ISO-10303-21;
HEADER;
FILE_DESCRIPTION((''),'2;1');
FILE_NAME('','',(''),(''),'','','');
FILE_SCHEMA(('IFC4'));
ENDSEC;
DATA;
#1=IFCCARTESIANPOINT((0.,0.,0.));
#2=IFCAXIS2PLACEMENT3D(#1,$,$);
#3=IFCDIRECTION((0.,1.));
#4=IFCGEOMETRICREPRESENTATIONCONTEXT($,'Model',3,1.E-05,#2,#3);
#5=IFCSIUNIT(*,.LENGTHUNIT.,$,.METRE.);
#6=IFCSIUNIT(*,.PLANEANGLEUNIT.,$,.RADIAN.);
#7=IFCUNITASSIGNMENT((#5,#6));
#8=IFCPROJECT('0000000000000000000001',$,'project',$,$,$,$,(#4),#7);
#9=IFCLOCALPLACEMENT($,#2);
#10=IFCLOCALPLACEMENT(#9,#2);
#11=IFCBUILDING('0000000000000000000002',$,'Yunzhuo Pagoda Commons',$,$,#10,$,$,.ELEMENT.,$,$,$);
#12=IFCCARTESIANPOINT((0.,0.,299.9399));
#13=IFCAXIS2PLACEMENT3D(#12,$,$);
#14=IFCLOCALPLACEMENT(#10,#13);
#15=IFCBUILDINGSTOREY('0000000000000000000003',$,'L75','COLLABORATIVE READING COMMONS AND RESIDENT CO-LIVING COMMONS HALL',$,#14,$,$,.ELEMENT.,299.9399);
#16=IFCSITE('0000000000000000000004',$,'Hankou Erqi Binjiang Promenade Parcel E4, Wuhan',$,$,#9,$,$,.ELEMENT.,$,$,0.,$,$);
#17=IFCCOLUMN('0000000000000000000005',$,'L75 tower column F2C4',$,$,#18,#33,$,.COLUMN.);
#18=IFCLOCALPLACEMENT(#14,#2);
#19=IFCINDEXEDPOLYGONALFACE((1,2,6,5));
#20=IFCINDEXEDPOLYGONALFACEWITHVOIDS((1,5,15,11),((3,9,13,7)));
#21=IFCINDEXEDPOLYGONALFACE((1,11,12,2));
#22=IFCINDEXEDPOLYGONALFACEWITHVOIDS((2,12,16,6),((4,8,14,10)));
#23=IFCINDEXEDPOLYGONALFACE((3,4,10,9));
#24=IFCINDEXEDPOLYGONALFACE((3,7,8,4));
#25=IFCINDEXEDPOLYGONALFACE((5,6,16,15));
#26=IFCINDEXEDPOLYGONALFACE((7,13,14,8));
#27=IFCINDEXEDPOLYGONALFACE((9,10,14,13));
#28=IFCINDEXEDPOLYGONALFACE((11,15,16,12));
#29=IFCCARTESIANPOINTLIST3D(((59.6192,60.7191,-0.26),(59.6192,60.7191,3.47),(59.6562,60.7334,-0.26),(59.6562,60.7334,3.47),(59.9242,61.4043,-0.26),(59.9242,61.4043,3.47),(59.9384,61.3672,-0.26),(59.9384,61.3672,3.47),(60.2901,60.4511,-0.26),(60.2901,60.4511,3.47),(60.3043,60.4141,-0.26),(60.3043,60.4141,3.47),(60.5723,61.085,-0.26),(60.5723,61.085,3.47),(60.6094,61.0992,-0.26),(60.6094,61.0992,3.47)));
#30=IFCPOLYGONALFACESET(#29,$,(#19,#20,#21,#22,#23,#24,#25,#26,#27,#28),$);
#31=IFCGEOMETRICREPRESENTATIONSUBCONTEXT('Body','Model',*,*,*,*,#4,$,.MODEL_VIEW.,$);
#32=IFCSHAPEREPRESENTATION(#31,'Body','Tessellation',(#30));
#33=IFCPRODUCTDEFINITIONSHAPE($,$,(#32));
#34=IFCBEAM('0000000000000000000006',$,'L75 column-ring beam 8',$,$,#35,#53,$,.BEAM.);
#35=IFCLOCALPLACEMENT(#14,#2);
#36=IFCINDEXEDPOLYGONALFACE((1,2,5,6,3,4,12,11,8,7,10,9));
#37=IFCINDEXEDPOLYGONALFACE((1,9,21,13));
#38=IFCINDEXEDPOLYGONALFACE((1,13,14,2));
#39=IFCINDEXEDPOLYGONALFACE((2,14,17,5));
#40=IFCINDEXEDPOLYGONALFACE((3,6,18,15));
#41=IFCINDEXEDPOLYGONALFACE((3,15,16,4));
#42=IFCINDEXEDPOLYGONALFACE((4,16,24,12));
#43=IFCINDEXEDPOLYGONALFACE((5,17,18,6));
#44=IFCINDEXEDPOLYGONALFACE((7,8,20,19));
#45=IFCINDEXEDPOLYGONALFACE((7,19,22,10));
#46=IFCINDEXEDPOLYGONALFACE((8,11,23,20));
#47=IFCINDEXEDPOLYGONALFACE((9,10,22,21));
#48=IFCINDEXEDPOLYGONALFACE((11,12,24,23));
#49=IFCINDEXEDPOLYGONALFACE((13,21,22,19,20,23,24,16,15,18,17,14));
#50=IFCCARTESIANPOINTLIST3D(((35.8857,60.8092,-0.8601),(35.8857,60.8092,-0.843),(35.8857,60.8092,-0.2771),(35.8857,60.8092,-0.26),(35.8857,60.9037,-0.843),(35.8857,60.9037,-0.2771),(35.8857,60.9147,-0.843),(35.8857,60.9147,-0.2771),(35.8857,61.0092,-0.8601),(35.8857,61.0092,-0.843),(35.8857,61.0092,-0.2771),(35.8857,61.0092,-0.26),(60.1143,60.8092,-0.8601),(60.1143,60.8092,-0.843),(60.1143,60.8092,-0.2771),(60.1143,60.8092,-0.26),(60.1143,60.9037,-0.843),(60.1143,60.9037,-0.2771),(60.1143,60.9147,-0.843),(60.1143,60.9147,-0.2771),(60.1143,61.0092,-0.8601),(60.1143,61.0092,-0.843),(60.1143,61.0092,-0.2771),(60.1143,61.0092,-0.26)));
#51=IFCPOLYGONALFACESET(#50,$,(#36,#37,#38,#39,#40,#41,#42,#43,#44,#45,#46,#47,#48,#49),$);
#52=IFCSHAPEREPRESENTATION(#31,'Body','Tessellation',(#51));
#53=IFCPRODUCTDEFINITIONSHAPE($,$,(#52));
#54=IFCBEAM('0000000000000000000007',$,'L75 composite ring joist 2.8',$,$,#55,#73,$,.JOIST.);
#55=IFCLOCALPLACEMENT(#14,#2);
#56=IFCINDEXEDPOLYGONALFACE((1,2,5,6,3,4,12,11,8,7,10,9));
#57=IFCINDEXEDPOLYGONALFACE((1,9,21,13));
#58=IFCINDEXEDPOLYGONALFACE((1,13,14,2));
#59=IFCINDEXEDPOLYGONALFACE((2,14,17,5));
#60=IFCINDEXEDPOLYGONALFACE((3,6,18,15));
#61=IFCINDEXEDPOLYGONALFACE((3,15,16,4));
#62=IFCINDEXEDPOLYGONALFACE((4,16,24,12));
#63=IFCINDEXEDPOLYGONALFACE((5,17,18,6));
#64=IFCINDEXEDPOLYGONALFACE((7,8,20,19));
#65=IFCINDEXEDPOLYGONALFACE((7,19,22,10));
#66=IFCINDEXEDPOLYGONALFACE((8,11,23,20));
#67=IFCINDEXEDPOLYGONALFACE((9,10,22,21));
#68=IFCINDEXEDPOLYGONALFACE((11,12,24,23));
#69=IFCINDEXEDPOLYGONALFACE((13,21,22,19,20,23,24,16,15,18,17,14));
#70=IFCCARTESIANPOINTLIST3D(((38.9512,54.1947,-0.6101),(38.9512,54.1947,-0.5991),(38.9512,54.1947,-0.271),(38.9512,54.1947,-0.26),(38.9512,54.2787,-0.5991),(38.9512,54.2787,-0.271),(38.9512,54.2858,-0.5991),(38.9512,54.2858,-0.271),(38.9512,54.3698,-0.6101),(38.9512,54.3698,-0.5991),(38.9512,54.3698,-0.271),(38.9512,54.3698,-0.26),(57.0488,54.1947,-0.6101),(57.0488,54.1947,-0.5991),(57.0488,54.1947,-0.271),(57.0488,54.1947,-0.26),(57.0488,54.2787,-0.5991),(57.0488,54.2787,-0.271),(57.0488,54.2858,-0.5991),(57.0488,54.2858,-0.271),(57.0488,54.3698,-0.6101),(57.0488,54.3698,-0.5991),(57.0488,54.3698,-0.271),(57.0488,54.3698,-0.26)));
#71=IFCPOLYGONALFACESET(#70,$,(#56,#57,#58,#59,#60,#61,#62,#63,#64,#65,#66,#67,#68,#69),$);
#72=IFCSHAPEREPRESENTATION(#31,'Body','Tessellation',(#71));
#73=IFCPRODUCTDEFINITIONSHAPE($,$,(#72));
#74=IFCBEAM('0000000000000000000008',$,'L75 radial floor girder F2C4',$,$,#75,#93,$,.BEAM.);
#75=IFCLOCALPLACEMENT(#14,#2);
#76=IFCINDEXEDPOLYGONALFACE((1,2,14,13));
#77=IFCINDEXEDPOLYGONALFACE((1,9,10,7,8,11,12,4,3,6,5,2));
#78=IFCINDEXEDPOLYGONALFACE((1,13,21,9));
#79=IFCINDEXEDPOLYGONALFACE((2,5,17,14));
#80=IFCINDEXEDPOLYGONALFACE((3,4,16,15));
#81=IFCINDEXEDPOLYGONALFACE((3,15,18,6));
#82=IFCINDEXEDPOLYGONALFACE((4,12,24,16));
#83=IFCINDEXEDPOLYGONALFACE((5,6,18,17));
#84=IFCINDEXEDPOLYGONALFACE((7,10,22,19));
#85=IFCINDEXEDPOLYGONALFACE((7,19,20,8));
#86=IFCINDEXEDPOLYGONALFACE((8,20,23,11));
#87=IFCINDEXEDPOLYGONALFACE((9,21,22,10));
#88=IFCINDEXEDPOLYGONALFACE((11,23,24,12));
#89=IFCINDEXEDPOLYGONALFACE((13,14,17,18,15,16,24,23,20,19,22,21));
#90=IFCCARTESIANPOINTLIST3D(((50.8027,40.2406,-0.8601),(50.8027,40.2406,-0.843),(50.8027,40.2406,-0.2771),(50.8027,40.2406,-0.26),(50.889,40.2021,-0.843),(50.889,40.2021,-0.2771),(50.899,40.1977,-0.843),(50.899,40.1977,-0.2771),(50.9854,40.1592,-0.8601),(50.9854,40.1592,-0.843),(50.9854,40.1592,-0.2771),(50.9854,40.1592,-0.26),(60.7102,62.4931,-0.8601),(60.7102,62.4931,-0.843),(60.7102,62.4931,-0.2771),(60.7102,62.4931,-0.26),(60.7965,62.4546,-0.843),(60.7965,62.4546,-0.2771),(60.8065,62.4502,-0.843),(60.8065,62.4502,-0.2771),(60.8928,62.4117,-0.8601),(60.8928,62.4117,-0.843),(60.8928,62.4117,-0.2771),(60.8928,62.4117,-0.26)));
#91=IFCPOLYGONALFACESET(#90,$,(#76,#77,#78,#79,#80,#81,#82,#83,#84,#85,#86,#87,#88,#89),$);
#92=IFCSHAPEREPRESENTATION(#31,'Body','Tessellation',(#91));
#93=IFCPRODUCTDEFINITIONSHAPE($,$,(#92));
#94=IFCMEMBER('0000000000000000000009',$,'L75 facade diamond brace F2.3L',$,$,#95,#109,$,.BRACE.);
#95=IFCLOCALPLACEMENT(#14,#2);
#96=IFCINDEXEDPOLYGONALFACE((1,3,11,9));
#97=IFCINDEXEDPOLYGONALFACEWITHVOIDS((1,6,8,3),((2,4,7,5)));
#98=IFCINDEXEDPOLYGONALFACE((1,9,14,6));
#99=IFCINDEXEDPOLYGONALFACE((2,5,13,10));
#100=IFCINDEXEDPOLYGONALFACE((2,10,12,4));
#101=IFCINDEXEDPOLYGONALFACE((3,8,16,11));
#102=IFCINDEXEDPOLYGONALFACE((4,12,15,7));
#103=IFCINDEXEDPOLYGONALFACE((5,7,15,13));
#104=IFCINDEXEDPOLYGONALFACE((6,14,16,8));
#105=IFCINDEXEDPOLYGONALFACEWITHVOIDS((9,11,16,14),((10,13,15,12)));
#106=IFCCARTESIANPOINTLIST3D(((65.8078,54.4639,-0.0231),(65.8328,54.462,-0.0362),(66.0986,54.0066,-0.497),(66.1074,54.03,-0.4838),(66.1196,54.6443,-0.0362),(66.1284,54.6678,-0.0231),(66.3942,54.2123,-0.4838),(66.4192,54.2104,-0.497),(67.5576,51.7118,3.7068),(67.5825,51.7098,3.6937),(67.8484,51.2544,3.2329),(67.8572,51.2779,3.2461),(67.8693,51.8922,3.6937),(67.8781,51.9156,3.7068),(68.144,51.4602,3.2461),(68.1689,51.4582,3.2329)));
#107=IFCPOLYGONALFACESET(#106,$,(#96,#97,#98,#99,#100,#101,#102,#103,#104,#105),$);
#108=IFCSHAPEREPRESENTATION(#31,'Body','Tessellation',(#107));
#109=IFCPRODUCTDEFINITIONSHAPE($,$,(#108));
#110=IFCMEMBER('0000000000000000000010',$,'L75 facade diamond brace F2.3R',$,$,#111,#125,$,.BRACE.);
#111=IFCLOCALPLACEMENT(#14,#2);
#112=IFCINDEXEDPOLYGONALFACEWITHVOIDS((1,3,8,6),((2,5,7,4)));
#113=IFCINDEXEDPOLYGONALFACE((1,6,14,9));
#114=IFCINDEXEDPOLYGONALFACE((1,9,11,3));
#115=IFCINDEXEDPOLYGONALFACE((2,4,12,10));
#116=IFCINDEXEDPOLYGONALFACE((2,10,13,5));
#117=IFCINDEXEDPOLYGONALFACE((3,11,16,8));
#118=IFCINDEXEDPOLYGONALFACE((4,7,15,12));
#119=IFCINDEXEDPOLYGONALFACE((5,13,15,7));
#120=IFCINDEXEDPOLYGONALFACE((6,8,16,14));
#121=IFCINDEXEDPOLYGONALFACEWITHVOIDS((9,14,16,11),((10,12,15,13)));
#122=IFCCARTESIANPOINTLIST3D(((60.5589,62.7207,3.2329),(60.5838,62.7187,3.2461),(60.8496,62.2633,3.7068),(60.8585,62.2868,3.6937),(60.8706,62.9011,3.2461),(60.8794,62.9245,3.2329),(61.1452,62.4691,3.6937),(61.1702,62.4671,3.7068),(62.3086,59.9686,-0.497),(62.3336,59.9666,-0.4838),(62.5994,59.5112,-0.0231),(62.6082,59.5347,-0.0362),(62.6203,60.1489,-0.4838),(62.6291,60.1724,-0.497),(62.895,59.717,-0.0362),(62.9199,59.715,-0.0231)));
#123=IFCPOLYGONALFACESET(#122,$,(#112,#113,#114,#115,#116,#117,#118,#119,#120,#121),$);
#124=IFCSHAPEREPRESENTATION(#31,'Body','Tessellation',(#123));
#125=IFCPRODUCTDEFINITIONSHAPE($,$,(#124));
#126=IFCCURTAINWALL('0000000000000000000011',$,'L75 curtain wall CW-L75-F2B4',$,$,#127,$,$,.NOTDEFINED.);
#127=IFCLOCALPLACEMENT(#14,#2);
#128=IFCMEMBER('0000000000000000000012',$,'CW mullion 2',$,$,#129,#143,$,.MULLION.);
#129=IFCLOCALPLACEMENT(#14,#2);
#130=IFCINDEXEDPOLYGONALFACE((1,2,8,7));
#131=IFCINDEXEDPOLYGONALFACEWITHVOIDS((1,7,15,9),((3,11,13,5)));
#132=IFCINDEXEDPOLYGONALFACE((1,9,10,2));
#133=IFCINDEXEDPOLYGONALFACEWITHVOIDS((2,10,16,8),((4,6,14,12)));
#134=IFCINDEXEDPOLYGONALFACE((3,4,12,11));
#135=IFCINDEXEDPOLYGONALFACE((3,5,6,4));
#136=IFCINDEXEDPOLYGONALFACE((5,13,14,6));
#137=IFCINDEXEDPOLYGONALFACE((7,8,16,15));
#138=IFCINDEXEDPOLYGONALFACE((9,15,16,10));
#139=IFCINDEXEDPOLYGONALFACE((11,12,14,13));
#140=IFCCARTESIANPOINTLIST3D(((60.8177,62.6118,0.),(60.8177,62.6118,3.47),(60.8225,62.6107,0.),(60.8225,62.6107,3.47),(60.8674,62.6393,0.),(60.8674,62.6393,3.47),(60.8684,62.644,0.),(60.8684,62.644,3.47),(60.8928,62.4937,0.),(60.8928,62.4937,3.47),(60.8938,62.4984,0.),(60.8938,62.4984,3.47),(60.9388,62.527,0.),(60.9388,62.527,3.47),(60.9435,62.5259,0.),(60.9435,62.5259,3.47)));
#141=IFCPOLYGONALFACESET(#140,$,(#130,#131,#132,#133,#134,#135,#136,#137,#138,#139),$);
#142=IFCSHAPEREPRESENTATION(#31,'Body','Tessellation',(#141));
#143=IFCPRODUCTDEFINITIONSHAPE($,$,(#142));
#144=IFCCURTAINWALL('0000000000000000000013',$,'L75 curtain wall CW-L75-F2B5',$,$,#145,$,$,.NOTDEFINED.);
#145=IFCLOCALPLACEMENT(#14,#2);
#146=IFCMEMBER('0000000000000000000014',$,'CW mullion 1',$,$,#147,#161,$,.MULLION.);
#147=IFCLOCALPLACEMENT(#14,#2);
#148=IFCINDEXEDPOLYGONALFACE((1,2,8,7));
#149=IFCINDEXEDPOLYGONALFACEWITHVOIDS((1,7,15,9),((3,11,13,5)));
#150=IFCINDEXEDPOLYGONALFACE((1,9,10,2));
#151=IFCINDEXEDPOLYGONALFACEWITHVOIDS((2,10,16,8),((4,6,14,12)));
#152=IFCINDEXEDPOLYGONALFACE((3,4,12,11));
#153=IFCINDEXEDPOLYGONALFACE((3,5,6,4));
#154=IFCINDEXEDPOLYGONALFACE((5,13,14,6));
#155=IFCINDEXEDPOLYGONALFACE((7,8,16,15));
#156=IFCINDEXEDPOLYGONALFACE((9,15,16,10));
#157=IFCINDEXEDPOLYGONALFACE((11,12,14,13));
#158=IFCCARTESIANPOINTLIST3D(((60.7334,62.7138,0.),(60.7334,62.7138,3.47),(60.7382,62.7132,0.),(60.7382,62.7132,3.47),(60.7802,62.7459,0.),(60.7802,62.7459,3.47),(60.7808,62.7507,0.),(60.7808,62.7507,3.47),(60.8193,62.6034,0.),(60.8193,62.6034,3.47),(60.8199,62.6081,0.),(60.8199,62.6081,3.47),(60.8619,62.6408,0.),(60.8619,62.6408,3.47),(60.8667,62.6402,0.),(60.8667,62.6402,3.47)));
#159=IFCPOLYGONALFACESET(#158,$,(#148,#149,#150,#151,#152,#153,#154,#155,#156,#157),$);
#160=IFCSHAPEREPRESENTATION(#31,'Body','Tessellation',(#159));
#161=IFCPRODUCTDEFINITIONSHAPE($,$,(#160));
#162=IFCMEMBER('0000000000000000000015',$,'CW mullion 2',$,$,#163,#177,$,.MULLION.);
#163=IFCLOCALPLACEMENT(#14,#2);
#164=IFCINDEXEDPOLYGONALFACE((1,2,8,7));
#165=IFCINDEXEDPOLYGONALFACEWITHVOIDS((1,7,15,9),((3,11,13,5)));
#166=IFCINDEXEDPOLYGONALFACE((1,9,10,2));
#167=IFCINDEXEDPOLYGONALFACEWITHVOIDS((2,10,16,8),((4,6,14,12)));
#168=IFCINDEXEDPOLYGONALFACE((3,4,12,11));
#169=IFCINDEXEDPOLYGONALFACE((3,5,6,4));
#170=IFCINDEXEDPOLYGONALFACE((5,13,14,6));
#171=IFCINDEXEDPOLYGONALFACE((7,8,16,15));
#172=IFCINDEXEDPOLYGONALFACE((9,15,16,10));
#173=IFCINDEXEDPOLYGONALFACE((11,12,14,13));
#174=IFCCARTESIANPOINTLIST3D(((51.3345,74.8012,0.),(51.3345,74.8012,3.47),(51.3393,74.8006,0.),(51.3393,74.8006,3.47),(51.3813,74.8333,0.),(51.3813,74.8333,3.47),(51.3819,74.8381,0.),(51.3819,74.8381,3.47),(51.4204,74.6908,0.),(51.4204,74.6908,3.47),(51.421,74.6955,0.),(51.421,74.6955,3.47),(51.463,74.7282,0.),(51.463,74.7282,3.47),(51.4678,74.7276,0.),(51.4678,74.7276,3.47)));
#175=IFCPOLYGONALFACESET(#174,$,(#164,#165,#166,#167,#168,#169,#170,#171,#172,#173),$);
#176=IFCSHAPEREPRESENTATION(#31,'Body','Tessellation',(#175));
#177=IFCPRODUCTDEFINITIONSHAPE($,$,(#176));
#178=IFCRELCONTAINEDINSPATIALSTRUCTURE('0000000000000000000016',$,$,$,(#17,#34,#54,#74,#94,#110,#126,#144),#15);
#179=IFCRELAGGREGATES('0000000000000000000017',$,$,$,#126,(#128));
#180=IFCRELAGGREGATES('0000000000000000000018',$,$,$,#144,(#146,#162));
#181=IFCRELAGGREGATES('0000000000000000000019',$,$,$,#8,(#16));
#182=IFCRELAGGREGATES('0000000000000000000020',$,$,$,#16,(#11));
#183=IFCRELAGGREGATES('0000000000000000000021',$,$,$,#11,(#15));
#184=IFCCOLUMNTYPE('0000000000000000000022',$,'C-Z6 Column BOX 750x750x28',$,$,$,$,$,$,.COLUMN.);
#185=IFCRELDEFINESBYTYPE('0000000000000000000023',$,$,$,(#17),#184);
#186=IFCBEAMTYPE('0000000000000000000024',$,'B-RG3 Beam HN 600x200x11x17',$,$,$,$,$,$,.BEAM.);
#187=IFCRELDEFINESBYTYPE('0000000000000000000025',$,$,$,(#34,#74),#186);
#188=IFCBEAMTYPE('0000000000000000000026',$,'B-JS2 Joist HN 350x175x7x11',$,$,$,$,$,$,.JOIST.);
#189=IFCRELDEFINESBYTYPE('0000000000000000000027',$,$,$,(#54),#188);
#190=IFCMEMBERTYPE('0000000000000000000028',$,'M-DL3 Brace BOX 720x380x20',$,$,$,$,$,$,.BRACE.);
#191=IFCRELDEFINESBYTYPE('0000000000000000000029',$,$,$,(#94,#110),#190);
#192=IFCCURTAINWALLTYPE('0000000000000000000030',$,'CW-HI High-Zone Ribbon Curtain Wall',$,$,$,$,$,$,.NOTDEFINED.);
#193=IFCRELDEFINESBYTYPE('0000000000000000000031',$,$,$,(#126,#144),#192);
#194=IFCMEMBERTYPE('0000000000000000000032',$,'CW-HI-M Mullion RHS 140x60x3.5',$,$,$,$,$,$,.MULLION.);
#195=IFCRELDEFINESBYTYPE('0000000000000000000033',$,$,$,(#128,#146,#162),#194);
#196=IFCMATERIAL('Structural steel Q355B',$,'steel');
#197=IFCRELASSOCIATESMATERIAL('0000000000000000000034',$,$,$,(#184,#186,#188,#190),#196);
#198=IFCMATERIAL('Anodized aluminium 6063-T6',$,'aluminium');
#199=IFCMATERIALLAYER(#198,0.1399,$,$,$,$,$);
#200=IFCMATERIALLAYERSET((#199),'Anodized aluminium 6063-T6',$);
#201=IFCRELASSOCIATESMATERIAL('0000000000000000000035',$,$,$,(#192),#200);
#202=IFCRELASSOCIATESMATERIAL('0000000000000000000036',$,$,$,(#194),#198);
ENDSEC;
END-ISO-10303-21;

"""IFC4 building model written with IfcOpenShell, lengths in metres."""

from ifc_helpers import new_model, si_unit, direction, frame, origin, origin_2d, place, context, subcontext, project, spatial, hollow_rectangle, i_section, extrude, source, transform, mapped, material, layer, layer_set, material_profile, profile_set, type_object, element, aggregate, save


model = new_model("IFC4")

# Units and contexts
model_context = context("Model", 3, precision=1e-05, world=origin(), true_north=direction((0.0, 1.0)))
body_context = subcontext(model_context, "Body", "Model", "MODEL_VIEW")
ifc_project = project(units=[si_unit("LENGTHUNIT", "METRE"), si_unit("PLANEANGLEUNIT", "RADIAN")], contexts=[model_context])

# Site, building, storey
site_placement = place(None, origin())
site = spatial("IfcSite", under=ifc_project, at=site_placement, Name="Hankou Erqi Binjiang Promenade Parcel E4, Wuhan", CompositionType="ELEMENT", RefElevation=0.0)
building_placement = place(site_placement, origin())
building = spatial("IfcBuilding", under=site, at=building_placement, Name="Yunzhuo Pagoda Commons", CompositionType="ELEMENT")
storey_placement = place(building_placement, frame((0.0, 0.0, 299.9399)))
storey = spatial("IfcBuildingStorey", under=building, at=storey_placement, Name="L75", Description="COLLABORATIVE READING COMMONS AND RESIDENT CO-LIVING COMMONS HALL", CompositionType="ELEMENT", Elevation=299.9399)

# Column
ifc_material_1 = material(Name="Structural steel Q355B", Category="steel")
ifc_material_profile_1 = material_profile(ifc_material_1, hollow_rectangle(XDim=0.75, YDim=0.75, WallThickness=0.0281, at=origin_2d()), Name="Structural steel Q355B")
ifc_profile_set_1 = profile_set([ifc_material_profile_1], Name="Structural steel Q355B")
column_type = type_object("IfcColumnType", Name="C-Z6 Column BOX 750x750x28", PredefinedType="COLUMN", material=ifc_profile_set_1)
shared_shape_1 = source(origin(), body_context, "Body", "SweptSolid", [
    extrude(hollow_rectangle(XDim=0.75, YDim=0.75, WallThickness=0.0281, at=origin_2d()), origin(), (0.0, 0.0, 1.0), 3.73),
])
column_placement = place(storey_placement, frame((60.1143, 60.9092, -0.26), z_axis=(0.0, 0.0, 1.0), x_axis=(-0.913545, 0.406737, 0.0)))
element("IfcColumn", 1, at=column_placement, inside=storey, type_object=column_type, Name="L75 tower column F2C4", PredefinedType="COLUMN", context=body_context, shape_type="MappedRepresentation", body=[
    mapped(shared_shape_1, transform((0.0, 0.0, 0.0), scale=1.0)),
])

# Beams
ifc_material_profile_2 = material_profile(ifc_material_1, i_section(OverallWidth=0.2, OverallDepth=0.6001, WebThickness=0.011, FlangeThickness=0.0171, at=origin_2d()), Name="Structural steel Q355B")
ifc_profile_set_2 = profile_set([ifc_material_profile_2], Name="Structural steel Q355B")
beam_type_1 = type_object("IfcBeamType", Name="B-RG3 Beam HN 600x200x11x17", PredefinedType="BEAM", material=ifc_profile_set_2)
shared_shape_2 = source(origin(), body_context, "Body", "SweptSolid", [
    extrude(i_section(OverallWidth=0.2, OverallDepth=0.6001, WebThickness=0.011, FlangeThickness=0.0171, at=origin_2d()), origin(), (0.0, 0.0, 1.0), 24.2285),
])
beam_1_placement = place(storey_placement, frame((60.1143, 60.9092, -0.5601), z_axis=(-1.0, 0.0, 0.0), x_axis=(0.0, -1.0, 0.0)))
element("IfcBeam", 2, at=beam_1_placement, inside=storey, type_object=beam_type_1, Name="L75 column-ring beam 8", PredefinedType="BEAM", context=body_context, shape_type="MappedRepresentation", body=[
    mapped(shared_shape_2, transform((0.0, 0.0, 0.0), scale=1.0)),
])
ifc_material_profile_3 = material_profile(ifc_material_1, i_section(OverallWidth=0.175, OverallDepth=0.3501, WebThickness=0.0071, FlangeThickness=0.011, at=origin_2d()), Name="Structural steel Q355B")
ifc_profile_set_3 = profile_set([ifc_material_profile_3], Name="Structural steel Q355B")
beam_type_2 = type_object("IfcBeamType", Name="B-JS2 Joist HN 350x175x7x11", PredefinedType="JOIST", material=ifc_profile_set_3)
shared_shape_3 = source(origin(), body_context, "Body", "SweptSolid", [
    extrude(i_section(OverallWidth=0.175, OverallDepth=0.3501, WebThickness=0.0071, FlangeThickness=0.011, at=origin_2d()), origin(), (0.0, 0.0, 1.0), 18.0977),
])
beam_2_placement = place(storey_placement, frame((57.0488, 54.2822, -0.4351), z_axis=(-1.0, 0.0, 0.0), x_axis=(0.0, -1.0, 0.0)))
element("IfcBeam", 3, at=beam_2_placement, inside=storey, type_object=beam_type_2, Name="L75 composite ring joist 2.8", PredefinedType="JOIST", context=body_context, shape_type="MappedRepresentation", body=[
    mapped(shared_shape_3, transform((0.0, 0.0, 0.0), scale=1.0)),
])
shared_shape_4 = source(origin(), body_context, "Body", "SweptSolid", [
    extrude(i_section(OverallWidth=0.2, OverallDepth=0.6001, WebThickness=0.011, FlangeThickness=0.0171, at=origin_2d()), origin(), (0.0, 0.0, 1.0), 24.3584),
])
beam_3_placement = place(storey_placement, frame((60.8015, 62.4524, -0.5601), z_axis=(-0.406738, -0.913545, 0.0), x_axis=(0.913545, -0.406738, 0.0)))
element("IfcBeam", 4, at=beam_3_placement, inside=storey, type_object=beam_type_1, Name="L75 radial floor girder F2C4", PredefinedType="BEAM", context=body_context, shape_type="MappedRepresentation", body=[
    mapped(shared_shape_4, transform((0.0, 0.0, 0.0), scale=1.0)),
])

# Members
ifc_material_profile_4 = material_profile(ifc_material_1, hollow_rectangle(XDim=0.3799, YDim=0.72, WallThickness=0.02, at=origin_2d()), Name="Structural steel Q355B")
ifc_profile_set_4 = profile_set([ifc_material_profile_4], Name="Structural steel Q355B")
member_type_1 = type_object("IfcMemberType", Name="M-DL3 Brace BOX 720x380x20", PredefinedType="BRACE", material=ifc_profile_set_4)
shared_shape_5 = source(origin(), body_context, "Body", "SweptSolid", [
    extrude(hollow_rectangle(XDim=0.3799, YDim=0.72, WallThickness=0.02, at=origin_2d()), origin(), (0.0, 0.0, 1.0), 4.9546),
])
for number, where, z_axis, x_axis, name in (
    (5, (66.1135, 54.3372, -0.26), (0.353151, -0.555473, 0.752818), (0.84389, 0.536517, 0.0), "L75 facade diamond brace F2.3L"),
    (6, (62.6143, 59.8418, -0.26), (-0.353151, 0.555473, 0.752818), (-0.84389, -0.536517, 0.0), "L75 facade diamond brace F2.3R"),
):
    element("IfcMember", number, at=place(storey_placement, frame(where, z_axis=z_axis, x_axis=x_axis)), inside=storey, type_object=member_type_1, Name=name, PredefinedType="BRACE", context=body_context, shape_type="MappedRepresentation", body=[
        mapped(shared_shape_5, transform((0.0, 0.0, 0.0), scale=1.0)),
    ])

# Curtain wall, member
ifc_material_2 = material(Name="Anodized aluminium 6063-T6", Category="aluminium")
ifc_layer_1 = layer(ifc_material_2, 0.1399)
ifc_layer_set_1 = layer_set([ifc_layer_1], Name="Anodized aluminium 6063-T6")
curtain_wall_type = type_object("IfcCurtainWallType", Name="CW-HI High-Zone Ribbon Curtain Wall", PredefinedType="NOTDEFINED", material=ifc_layer_set_1)
curtain_wall_1_placement = place(storey_placement, origin())
curtain_wall_1 = element("IfcCurtainWall", 7, at=curtain_wall_1_placement, inside=storey, type_object=curtain_wall_type, Name="L75 curtain wall CW-L75-F2B4", PredefinedType="NOTDEFINED")
ifc_material_profile_5 = material_profile(ifc_material_2, hollow_rectangle(XDim=0.0601, YDim=0.1399, WallThickness=0.0034, at=origin_2d()), Name="Anodized aluminium 6063-T6")
ifc_profile_set_5 = profile_set([ifc_material_profile_5], Name="Anodized aluminium 6063-T6")
member_type_2 = type_object("IfcMemberType", Name="CW-HI-M Mullion RHS 140x60x3.5", PredefinedType="MULLION", material=ifc_profile_set_5)
shared_shape_6 = source(origin(), body_context, "Body", "SweptSolid", [
    extrude(hollow_rectangle(XDim=0.0601, YDim=0.1399, WallThickness=0.0034, at=origin_2d()), origin(), (0.0, 0.0, 1.0), 3.47),
])
member_1_placement = place(storey_placement, frame((60.8806, 62.5688, 0.0), z_axis=(0.0, 0.0, 1.0), x_axis=(-0.84391, -0.536485, 0.0)))
member_1 = element("IfcMember", 8, at=member_1_placement, type_object=member_type_2, Name="CW mullion 2", PredefinedType="MULLION", context=body_context, shape_type="MappedRepresentation", body=[
    mapped(shared_shape_6, transform((0.0, 0.0, 0.0), scale=1.0)),
])

# Curtain wall, members
curtain_wall_2_placement = place(storey_placement, origin())
curtain_wall_2 = element("IfcCurtainWall", 9, at=curtain_wall_2_placement, inside=storey, type_object=curtain_wall_type, Name="L75 curtain wall CW-L75-F2B5", PredefinedType="NOTDEFINED")
member_2_placement = place(storey_placement, frame((60.8, 62.677, 0.0), z_axis=(0.0, 0.0, 1.0), x_axis=(-0.78943, -0.61384, 0.0)))
member_2 = element("IfcMember", 10, at=member_2_placement, type_object=member_type_2, Name="CW mullion 1", PredefinedType="MULLION", context=body_context, shape_type="MappedRepresentation", body=[
    mapped(shared_shape_6, transform((0.0, 0.0, 0.0), scale=1.0)),
])
member_3_placement = place(storey_placement, frame((51.4011, 74.7644, 0.0), z_axis=(0.0, 0.0, 1.0), x_axis=(-0.78943, -0.61384, 0.0)))
member_3 = element("IfcMember", 11, at=member_3_placement, type_object=member_type_2, Name="CW mullion 2", PredefinedType="MULLION", context=body_context, shape_type="MappedRepresentation", body=[
    mapped(shared_shape_6, transform((0.0, 0.0, 0.0), scale=1.0)),
])

aggregate(curtain_wall_1, [member_1])
aggregate(curtain_wall_2, [member_2, member_3])

save(model, "model.ifc")
